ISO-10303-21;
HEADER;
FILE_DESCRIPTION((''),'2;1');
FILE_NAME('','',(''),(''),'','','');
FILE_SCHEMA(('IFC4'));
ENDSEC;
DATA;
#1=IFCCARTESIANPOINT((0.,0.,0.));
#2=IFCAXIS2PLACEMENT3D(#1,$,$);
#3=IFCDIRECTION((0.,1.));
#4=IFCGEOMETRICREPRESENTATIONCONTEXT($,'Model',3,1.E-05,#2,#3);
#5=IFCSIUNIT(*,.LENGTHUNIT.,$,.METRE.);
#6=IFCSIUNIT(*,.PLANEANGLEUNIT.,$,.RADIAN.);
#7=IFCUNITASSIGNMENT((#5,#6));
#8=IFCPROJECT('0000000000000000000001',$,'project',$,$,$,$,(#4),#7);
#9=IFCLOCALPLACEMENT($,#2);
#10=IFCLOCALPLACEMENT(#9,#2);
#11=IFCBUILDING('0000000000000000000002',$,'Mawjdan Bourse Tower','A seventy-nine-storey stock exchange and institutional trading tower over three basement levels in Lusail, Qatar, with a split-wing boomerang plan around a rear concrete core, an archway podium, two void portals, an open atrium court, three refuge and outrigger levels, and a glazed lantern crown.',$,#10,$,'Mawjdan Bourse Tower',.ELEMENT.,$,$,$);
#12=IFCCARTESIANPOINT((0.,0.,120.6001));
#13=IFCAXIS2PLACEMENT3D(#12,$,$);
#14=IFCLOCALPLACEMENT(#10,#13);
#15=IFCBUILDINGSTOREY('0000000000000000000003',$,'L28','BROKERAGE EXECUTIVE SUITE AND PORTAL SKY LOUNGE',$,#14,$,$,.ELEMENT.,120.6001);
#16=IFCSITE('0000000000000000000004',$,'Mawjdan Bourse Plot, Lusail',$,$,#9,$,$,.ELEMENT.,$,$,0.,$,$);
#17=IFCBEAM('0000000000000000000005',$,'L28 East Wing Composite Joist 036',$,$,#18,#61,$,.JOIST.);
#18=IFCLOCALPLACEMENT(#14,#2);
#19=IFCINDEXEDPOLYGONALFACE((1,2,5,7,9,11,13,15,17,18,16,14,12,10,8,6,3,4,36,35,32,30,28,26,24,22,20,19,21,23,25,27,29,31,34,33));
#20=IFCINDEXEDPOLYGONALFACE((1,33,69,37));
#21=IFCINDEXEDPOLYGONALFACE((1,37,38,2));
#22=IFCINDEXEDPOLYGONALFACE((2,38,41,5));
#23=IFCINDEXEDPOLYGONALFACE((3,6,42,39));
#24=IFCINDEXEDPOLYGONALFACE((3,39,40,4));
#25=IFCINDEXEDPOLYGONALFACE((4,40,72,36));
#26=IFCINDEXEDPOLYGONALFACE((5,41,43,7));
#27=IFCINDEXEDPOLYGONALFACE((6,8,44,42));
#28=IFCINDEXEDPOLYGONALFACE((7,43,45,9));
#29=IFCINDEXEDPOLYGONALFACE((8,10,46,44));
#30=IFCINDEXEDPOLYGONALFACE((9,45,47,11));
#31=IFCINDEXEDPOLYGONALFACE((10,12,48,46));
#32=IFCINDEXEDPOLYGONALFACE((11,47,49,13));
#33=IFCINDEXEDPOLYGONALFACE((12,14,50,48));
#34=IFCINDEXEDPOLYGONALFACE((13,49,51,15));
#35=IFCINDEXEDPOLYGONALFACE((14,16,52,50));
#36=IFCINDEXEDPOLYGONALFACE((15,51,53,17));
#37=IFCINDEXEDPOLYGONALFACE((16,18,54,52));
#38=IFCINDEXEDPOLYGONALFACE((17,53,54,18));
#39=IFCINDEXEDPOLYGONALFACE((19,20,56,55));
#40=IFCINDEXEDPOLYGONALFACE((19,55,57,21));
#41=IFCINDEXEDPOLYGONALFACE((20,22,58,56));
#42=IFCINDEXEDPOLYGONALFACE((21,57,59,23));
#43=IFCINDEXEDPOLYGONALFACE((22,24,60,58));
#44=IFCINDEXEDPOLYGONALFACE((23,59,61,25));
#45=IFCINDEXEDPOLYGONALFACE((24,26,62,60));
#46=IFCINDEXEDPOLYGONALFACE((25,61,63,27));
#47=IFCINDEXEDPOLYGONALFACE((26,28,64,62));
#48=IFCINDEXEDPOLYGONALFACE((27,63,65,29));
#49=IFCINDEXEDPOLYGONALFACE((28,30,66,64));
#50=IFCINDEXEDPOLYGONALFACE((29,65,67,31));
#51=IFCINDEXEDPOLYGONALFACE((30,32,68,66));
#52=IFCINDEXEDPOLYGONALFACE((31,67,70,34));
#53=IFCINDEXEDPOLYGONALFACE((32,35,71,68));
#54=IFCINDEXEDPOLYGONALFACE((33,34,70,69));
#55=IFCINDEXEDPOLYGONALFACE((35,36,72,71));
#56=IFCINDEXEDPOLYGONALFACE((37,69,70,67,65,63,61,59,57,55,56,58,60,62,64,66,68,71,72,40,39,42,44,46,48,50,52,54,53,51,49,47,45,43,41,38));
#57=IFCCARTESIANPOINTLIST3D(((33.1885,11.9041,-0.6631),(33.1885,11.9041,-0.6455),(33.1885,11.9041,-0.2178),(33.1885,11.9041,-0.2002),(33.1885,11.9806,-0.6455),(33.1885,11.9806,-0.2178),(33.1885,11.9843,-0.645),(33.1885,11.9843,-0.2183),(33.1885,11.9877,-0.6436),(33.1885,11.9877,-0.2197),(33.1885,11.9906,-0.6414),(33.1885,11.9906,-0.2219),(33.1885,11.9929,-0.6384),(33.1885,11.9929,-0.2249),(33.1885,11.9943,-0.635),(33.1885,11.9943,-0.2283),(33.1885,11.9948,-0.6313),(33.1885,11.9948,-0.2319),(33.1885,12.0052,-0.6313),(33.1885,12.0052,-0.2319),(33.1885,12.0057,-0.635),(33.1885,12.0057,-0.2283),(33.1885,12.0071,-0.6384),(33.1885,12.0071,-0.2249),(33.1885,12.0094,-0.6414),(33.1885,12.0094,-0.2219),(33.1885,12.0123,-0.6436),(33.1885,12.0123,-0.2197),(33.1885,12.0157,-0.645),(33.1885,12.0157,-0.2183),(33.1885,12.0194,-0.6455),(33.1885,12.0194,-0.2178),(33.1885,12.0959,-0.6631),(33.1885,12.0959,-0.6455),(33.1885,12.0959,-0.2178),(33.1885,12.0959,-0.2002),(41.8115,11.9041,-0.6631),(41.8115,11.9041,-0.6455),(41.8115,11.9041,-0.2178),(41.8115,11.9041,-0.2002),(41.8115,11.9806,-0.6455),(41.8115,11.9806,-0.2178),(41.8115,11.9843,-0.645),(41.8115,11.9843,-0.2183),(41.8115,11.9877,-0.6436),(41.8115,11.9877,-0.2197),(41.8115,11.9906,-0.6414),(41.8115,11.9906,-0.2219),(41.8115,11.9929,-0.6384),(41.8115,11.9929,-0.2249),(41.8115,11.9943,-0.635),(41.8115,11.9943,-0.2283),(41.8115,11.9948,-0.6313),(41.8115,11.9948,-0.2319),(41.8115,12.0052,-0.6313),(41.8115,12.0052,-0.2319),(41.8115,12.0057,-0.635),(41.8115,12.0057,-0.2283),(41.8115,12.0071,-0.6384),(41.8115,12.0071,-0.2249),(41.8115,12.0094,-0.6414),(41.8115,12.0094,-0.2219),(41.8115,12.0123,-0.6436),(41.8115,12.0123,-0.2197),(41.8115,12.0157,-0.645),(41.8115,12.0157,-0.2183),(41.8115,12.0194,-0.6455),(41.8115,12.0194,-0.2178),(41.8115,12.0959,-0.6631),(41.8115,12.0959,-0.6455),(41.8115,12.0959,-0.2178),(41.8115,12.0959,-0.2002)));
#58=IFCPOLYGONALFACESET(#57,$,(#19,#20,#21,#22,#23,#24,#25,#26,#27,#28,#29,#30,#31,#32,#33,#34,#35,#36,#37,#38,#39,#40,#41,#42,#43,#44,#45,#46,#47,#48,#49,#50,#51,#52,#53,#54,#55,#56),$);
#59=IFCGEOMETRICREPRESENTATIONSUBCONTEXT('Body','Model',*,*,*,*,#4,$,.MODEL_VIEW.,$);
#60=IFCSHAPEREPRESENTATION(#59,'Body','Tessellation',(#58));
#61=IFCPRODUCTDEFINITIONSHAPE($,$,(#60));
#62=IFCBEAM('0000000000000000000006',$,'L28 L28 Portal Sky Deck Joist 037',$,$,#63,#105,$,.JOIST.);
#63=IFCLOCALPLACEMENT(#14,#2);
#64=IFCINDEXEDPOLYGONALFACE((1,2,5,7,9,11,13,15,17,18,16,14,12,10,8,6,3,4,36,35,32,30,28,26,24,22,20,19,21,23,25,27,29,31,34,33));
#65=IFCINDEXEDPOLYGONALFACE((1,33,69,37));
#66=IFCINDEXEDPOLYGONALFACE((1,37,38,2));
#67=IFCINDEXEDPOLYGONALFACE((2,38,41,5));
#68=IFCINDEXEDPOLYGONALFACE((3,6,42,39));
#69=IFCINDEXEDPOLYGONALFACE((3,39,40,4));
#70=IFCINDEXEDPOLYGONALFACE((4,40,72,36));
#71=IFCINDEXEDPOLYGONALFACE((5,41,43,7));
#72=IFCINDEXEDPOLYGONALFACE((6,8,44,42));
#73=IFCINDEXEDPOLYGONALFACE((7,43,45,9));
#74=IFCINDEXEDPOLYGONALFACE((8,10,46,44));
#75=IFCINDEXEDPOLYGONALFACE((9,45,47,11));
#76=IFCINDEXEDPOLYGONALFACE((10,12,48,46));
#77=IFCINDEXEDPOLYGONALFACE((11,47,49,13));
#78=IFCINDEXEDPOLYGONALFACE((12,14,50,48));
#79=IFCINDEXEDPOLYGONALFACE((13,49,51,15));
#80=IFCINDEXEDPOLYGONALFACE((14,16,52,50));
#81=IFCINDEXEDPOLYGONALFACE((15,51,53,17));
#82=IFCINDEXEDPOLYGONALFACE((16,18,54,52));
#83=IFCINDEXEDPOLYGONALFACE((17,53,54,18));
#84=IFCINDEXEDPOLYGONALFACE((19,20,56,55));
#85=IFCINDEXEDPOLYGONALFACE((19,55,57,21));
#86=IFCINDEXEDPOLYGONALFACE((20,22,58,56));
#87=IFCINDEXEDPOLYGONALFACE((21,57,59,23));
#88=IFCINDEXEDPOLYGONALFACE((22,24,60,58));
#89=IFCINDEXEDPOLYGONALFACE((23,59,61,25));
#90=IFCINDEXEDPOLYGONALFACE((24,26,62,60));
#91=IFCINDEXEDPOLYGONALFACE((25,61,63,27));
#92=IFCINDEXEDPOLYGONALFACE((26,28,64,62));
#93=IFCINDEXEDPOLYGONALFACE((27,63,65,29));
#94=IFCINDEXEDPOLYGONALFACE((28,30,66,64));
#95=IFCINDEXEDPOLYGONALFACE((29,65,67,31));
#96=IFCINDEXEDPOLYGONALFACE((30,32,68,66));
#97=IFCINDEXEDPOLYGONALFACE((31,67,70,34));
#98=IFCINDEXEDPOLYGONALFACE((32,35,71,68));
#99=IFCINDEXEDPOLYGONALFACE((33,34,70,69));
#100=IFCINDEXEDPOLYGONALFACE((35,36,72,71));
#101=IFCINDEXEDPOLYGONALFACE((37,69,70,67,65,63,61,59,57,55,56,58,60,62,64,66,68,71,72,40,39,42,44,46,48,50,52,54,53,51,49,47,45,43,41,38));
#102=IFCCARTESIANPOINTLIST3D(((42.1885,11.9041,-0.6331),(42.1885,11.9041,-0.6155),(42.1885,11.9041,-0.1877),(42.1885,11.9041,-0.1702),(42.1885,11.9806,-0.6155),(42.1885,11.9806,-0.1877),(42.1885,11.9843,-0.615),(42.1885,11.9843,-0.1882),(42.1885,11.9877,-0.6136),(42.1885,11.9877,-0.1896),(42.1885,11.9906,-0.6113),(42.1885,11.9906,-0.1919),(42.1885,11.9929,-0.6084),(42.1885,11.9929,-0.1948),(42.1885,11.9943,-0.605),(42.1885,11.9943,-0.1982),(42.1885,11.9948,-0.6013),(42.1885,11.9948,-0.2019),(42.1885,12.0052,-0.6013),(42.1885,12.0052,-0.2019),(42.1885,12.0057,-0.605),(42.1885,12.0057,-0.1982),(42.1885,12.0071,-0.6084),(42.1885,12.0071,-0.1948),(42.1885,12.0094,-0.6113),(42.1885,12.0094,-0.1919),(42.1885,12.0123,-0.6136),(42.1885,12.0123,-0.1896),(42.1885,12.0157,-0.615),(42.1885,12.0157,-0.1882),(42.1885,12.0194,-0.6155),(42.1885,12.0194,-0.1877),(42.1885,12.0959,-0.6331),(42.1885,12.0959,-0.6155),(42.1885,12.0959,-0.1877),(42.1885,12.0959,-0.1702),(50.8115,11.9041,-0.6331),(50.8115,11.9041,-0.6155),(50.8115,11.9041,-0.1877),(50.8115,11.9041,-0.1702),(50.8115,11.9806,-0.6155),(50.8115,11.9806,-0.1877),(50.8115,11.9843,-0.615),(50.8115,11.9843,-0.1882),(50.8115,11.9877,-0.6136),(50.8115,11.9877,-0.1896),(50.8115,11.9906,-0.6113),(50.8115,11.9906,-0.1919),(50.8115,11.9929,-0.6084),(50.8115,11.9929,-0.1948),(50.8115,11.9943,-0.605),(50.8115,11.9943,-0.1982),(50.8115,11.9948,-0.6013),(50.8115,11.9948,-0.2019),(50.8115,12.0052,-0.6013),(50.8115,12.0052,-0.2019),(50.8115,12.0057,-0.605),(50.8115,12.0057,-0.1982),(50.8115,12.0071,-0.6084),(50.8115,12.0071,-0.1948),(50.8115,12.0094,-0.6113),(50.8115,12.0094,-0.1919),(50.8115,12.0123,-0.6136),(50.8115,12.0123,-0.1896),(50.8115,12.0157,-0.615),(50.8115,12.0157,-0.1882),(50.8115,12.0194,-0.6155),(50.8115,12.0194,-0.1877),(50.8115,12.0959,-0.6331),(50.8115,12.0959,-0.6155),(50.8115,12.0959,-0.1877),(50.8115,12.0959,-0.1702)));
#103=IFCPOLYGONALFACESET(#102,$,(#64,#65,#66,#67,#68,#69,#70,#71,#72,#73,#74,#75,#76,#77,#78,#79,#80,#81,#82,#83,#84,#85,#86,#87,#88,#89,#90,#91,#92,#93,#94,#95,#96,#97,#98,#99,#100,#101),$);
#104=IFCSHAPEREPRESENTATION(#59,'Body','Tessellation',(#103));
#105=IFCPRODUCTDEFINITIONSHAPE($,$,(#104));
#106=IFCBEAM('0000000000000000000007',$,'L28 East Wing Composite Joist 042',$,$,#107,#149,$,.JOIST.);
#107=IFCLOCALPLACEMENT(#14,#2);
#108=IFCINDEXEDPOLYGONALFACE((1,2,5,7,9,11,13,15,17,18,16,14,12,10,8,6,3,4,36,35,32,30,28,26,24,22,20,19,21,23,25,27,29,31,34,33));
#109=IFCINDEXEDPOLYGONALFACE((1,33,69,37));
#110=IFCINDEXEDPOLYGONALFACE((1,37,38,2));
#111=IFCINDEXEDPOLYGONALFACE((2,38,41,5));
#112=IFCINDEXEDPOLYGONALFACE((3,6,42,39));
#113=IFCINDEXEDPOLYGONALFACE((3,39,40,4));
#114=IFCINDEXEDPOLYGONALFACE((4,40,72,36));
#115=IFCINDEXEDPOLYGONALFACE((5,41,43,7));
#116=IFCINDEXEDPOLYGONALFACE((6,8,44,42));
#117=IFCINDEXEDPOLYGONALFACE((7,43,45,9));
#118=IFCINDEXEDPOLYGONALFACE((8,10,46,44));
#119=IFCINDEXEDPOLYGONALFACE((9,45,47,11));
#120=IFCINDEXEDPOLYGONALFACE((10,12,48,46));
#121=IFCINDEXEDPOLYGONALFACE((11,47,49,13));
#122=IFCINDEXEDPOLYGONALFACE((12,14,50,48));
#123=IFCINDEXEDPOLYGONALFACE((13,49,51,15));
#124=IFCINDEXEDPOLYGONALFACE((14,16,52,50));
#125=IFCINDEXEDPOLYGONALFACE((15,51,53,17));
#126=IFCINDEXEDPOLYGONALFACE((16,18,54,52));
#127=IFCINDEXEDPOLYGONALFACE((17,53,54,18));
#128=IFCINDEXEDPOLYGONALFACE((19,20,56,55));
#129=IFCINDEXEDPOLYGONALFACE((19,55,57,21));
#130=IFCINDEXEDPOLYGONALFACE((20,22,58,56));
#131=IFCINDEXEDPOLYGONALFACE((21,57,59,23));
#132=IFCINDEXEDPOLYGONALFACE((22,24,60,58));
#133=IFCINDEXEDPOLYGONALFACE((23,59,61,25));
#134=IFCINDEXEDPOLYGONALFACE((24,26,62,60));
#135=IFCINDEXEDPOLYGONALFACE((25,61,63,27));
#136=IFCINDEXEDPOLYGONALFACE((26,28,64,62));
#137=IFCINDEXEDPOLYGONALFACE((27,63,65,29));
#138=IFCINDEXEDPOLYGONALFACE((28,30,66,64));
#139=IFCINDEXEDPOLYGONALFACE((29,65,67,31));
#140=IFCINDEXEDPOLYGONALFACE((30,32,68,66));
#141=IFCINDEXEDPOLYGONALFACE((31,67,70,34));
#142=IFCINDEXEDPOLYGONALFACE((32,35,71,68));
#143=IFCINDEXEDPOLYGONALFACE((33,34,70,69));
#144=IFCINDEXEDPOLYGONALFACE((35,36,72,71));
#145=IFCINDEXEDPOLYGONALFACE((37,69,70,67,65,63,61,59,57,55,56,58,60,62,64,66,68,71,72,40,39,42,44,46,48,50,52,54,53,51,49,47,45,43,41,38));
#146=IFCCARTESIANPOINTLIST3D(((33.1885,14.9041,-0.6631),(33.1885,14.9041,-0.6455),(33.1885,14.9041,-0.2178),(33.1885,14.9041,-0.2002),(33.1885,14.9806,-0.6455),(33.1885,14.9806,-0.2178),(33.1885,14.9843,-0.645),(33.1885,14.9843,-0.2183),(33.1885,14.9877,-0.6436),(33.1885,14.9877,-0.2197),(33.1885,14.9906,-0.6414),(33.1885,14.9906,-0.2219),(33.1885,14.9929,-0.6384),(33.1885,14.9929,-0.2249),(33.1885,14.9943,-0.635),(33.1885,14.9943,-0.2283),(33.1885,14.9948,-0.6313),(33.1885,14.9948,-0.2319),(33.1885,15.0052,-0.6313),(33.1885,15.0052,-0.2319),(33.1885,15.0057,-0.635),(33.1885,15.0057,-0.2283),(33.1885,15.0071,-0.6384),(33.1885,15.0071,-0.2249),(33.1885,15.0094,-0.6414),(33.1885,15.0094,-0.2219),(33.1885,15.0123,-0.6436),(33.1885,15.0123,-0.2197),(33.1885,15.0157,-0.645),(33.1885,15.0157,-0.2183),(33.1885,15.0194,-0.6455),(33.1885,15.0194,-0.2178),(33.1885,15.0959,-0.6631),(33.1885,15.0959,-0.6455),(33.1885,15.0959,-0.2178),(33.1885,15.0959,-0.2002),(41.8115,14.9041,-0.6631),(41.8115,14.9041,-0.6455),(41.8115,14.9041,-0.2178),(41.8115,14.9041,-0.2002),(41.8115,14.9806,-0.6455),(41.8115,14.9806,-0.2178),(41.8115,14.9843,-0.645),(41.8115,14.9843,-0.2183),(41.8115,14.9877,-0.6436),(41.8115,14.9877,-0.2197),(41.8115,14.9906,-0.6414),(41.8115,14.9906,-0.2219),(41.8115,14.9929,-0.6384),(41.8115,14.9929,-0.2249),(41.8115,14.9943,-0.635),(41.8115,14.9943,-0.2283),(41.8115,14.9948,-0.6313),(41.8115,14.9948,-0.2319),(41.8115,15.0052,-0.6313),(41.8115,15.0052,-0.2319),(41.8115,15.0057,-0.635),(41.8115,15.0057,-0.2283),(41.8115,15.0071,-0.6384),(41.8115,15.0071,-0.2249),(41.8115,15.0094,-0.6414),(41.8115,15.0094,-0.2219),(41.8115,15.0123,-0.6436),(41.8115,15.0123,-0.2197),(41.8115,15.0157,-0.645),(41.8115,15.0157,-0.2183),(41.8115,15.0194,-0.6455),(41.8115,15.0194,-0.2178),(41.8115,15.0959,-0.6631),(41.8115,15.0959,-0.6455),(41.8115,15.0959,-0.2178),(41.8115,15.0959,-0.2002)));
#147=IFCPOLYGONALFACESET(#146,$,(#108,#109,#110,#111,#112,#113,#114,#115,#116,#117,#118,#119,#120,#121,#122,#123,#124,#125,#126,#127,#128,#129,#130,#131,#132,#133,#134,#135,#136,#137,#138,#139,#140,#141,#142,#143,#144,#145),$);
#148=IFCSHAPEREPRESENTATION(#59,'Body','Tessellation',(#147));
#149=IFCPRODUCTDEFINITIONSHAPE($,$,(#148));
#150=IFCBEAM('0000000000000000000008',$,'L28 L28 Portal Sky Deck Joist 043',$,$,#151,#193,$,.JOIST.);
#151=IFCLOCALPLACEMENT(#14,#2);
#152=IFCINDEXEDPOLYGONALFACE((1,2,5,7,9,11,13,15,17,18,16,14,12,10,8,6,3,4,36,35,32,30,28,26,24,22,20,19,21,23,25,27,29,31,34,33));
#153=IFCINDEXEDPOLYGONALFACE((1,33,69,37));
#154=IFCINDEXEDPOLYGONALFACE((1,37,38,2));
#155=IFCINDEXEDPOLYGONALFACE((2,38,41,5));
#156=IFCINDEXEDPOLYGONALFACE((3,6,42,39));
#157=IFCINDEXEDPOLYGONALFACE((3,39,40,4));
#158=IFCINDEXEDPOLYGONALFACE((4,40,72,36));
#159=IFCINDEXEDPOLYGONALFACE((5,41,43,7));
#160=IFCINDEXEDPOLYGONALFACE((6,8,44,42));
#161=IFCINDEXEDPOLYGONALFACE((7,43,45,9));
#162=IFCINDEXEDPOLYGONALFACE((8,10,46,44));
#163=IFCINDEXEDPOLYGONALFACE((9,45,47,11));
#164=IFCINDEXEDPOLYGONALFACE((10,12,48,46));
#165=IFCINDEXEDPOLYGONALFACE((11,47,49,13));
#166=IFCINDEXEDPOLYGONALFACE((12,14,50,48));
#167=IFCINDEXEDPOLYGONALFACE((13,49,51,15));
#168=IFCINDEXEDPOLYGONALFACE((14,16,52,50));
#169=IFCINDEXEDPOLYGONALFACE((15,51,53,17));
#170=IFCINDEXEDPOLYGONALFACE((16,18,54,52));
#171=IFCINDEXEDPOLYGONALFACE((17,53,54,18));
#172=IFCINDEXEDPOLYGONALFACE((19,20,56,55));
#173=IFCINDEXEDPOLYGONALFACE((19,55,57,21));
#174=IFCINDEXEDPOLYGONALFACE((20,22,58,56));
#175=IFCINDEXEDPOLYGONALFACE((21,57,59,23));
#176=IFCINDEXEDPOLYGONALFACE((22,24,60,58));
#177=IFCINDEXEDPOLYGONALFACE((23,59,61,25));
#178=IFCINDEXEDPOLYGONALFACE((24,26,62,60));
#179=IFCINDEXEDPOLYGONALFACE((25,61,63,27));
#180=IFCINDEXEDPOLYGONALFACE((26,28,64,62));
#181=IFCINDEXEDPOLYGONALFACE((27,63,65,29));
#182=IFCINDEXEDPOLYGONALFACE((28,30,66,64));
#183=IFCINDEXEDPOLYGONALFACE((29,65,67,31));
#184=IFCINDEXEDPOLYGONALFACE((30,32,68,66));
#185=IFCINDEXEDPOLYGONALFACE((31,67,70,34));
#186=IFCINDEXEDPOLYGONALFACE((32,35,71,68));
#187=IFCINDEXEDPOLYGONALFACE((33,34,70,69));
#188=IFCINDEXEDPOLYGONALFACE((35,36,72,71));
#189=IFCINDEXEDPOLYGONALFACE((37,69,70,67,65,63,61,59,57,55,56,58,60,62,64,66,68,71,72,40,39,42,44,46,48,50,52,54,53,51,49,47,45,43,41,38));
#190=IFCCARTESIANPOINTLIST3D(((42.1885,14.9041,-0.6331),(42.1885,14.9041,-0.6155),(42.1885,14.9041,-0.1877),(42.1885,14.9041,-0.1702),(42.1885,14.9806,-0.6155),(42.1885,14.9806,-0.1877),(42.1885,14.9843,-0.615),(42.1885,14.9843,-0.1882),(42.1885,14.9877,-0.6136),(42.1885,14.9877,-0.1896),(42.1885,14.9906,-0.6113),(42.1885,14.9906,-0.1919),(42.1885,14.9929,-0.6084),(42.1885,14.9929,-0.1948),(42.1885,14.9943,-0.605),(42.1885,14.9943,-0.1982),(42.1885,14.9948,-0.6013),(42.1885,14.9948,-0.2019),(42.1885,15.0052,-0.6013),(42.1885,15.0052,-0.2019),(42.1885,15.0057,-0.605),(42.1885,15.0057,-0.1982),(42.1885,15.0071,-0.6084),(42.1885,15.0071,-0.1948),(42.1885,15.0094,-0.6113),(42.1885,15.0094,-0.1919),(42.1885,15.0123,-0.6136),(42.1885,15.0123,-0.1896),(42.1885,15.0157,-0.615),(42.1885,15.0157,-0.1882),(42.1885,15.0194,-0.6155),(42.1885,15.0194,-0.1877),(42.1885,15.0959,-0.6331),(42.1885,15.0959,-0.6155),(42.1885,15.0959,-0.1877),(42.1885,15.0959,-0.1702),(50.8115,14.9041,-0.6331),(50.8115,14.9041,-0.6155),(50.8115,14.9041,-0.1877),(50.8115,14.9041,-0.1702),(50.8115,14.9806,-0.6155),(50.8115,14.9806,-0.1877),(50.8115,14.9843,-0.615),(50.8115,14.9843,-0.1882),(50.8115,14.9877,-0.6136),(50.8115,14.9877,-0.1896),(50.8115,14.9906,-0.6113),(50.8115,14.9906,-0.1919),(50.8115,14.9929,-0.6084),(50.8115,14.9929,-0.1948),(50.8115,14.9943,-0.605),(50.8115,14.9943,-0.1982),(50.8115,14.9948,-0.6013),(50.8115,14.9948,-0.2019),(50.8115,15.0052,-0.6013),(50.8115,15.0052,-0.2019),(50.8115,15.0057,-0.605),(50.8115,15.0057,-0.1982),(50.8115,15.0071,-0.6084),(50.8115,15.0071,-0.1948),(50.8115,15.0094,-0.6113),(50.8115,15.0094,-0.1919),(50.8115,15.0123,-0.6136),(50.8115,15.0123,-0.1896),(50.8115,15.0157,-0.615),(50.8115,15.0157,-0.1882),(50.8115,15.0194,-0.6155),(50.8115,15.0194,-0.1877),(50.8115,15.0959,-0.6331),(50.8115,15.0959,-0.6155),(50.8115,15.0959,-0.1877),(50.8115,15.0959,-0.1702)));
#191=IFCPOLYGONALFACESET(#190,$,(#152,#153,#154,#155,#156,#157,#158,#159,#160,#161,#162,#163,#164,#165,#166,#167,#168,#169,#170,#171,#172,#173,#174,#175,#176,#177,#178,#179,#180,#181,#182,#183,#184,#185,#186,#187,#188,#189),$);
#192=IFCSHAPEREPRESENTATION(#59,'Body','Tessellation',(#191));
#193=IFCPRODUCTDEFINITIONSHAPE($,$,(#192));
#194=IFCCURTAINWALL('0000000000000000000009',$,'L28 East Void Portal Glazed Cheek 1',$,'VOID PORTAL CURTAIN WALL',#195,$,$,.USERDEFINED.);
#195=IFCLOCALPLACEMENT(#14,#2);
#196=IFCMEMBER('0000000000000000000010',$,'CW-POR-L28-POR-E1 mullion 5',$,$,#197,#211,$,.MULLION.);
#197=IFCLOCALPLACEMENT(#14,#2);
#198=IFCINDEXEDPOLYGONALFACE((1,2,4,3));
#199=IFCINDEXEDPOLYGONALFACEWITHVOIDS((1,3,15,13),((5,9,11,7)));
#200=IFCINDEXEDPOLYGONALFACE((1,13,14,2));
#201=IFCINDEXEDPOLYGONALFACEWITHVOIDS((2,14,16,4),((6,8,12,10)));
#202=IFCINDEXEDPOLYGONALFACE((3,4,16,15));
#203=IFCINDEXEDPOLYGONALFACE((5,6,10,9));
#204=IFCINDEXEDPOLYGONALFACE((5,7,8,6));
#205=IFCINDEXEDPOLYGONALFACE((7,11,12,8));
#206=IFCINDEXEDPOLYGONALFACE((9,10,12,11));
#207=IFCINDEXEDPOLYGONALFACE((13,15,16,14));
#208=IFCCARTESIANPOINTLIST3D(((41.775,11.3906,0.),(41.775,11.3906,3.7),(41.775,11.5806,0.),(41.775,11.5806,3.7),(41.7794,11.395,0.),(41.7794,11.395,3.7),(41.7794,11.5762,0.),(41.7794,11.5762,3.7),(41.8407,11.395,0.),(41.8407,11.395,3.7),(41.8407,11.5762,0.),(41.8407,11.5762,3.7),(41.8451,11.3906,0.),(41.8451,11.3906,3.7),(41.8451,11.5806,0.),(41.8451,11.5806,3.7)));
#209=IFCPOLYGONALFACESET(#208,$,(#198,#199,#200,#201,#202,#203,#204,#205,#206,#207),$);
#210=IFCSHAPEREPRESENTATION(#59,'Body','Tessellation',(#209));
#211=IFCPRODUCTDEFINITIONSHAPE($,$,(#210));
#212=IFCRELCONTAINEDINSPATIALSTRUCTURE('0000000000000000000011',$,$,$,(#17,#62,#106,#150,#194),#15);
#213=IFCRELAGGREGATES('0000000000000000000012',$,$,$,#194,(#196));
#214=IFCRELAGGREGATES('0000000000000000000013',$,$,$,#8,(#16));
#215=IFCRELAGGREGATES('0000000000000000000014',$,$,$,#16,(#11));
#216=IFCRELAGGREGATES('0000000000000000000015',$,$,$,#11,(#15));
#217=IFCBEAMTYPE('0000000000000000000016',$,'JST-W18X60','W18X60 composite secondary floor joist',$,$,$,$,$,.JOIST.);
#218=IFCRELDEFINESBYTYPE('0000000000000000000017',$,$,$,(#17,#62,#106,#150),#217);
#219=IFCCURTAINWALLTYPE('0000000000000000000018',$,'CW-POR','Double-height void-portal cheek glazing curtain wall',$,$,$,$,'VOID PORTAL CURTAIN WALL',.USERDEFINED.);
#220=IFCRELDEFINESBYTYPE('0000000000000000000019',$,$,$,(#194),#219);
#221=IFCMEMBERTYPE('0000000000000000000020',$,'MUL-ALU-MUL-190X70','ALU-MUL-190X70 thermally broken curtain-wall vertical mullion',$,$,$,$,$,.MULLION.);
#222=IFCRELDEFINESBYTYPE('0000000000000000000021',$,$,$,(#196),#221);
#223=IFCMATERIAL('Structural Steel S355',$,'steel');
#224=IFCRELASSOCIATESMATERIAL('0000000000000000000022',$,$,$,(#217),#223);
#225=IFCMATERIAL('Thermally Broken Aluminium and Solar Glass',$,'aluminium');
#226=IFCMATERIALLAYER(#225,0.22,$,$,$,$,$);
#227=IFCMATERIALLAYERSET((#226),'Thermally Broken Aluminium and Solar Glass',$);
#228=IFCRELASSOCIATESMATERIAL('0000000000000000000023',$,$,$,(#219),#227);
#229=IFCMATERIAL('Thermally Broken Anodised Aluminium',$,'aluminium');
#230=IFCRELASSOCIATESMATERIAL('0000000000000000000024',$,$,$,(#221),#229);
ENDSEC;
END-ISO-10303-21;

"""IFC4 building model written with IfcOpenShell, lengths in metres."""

from ifc_helpers import new_model, si_unit, direction, frame, origin, origin_2d, place, context, subcontext, project, spatial, hollow_rectangle, i_section, extrude, material, layer, layer_set, material_profile, profile_set, type_object, element, aggregate, save


model = new_model("IFC4")

# Units and contexts
model_context = context("Model", 3, precision=1e-05, world=origin(), true_north=direction((0.0, 1.0)))
body_context = subcontext(model_context, "Body", "Model", "MODEL_VIEW")
ifc_project = project(units=[si_unit("LENGTHUNIT", "METRE"), si_unit("PLANEANGLEUNIT", "RADIAN")], contexts=[model_context])

# Site, building, storey
site_placement = place(None, origin())
site = spatial("IfcSite", under=ifc_project, at=site_placement, Name="Mawjdan Bourse Plot, Lusail", CompositionType="ELEMENT", RefElevation=0.0)
building_placement = place(site_placement, origin())
building = spatial("IfcBuilding", under=site, at=building_placement, Name="Mawjdan Bourse Tower", Description="A seventy-nine-storey stock exchange and institutional trading tower over three basement levels in Lusail, Qatar, with a split-wing boomerang plan around a rear concrete core, an archway podium, two void portals, an open atrium court, three refuge and outrigger levels, and a glazed lantern crown.", LongName="Mawjdan Bourse Tower", CompositionType="ELEMENT")
storey_placement = place(building_placement, frame((0.0, 0.0, 120.6001)))
storey = spatial("IfcBuildingStorey", under=building, at=storey_placement, Name="L28", Description="BROKERAGE EXECUTIVE SUITE AND PORTAL SKY LOUNGE", CompositionType="ELEMENT", Elevation=120.6001)

# Beams
ifc_material_1 = material(Name="Structural Steel S355", Category="steel")
ifc_material_profile_1 = material_profile(ifc_material_1, i_section(OverallWidth=0.1919, OverallDepth=0.4629, WebThickness=0.0105, FlangeThickness=0.0176, FilletRadius=0.0142, at=origin_2d()), Name="W18X60")
ifc_profile_set_1 = profile_set([ifc_material_profile_1], Name="Structural Steel S355")
beam_type = type_object("IfcBeamType", Name="JST-W18X60", Description="W18X60 composite secondary floor joist", PredefinedType="JOIST", material=ifc_profile_set_1)
for number, where, z_axis, x_axis, name in (
    (1, (33.1885, 12.0, -0.4316), (1.0, 0.0, 0.0), (0.0, 1.0, 0.0), "L28 East Wing Composite Joist 036"),
    (2, (42.1885, 12.0, -0.4016), (1.0, 0.0, 0.0), (0.0, 1.0, 0.0), "L28 L28 Portal Sky Deck Joist 037"),
    (3, (33.1885, 15.0, -0.4316), (1.0, 0.0, 0.0), (0.0, 1.0, 0.0), "L28 East Wing Composite Joist 042"),
    (4, (42.1885, 15.0, -0.4016), (1.0, 0.0, 0.0), (0.0, 1.0, 0.0), "L28 L28 Portal Sky Deck Joist 043"),
):
    element("IfcBeam", number, at=place(storey_placement, frame(where, z_axis=z_axis, x_axis=x_axis)), inside=storey, type_object=beam_type, Name=name, PredefinedType="JOIST", context=body_context, shape_type="SweptSolid", body=[
        extrude(i_section(OverallWidth=0.1919, OverallDepth=0.4629, WebThickness=0.0105, FlangeThickness=0.0176, FilletRadius=0.0142, at=origin_2d()), origin(), (0.0, 0.0, 1.0), 8.623),
    ])

# Curtain wall, member
ifc_material_2 = material(Name="Thermally Broken Aluminium and Solar Glass", Category="aluminium")
ifc_layer_1 = layer(ifc_material_2, 0.22)
ifc_layer_set_1 = layer_set([ifc_layer_1], Name="Thermally Broken Aluminium and Solar Glass")
curtain_wall_type = type_object("IfcCurtainWallType", Name="CW-POR", Description="Double-height void-portal cheek glazing curtain wall", ElementType="VOID PORTAL CURTAIN WALL", PredefinedType="USERDEFINED", material=ifc_layer_set_1)
curtain_wall_placement = place(storey_placement, origin())
curtain_wall = element("IfcCurtainWall", 5, at=curtain_wall_placement, inside=storey, type_object=curtain_wall_type, Name="L28 East Void Portal Glazed Cheek 1", ObjectType="VOID PORTAL CURTAIN WALL", PredefinedType="USERDEFINED")
ifc_material_3 = material(Name="Thermally Broken Anodised Aluminium", Category="aluminium")
ifc_material_profile_2 = material_profile(ifc_material_3, hollow_rectangle(XDim=0.0701, YDim=0.1899, WallThickness=0.0044, at=origin_2d()), Name="ALU-MUL-190X70")
ifc_profile_set_2 = profile_set([ifc_material_profile_2], Name="Thermally Broken Anodised Aluminium")
member_type_1 = type_object("IfcMemberType", Name="MUL-ALU-MUL-190X70", Description="ALU-MUL-190X70 thermally broken curtain-wall vertical mullion", PredefinedType="MULLION", material=ifc_profile_set_2)
member_1_placement = place(storey_placement, frame((41.8101, 11.4856, 0.0), z_axis=(0.0, 0.0, 1.0), x_axis=(-1.0, 0.0, 0.0)))
member_1 = element("IfcMember", 6, at=member_1_placement, type_object=member_type_1, Name="CW-POR-L28-POR-E1 mullion 5", PredefinedType="MULLION", context=body_context, shape_type="SweptSolid", body=[
    extrude(hollow_rectangle(XDim=0.0701, YDim=0.1899, WallThickness=0.0044, at=origin_2d()), origin(), (0.0, 0.0, 1.0), 3.7),
])
aggregate(curtain_wall, [member_1])

save(model, "model.ifc")
